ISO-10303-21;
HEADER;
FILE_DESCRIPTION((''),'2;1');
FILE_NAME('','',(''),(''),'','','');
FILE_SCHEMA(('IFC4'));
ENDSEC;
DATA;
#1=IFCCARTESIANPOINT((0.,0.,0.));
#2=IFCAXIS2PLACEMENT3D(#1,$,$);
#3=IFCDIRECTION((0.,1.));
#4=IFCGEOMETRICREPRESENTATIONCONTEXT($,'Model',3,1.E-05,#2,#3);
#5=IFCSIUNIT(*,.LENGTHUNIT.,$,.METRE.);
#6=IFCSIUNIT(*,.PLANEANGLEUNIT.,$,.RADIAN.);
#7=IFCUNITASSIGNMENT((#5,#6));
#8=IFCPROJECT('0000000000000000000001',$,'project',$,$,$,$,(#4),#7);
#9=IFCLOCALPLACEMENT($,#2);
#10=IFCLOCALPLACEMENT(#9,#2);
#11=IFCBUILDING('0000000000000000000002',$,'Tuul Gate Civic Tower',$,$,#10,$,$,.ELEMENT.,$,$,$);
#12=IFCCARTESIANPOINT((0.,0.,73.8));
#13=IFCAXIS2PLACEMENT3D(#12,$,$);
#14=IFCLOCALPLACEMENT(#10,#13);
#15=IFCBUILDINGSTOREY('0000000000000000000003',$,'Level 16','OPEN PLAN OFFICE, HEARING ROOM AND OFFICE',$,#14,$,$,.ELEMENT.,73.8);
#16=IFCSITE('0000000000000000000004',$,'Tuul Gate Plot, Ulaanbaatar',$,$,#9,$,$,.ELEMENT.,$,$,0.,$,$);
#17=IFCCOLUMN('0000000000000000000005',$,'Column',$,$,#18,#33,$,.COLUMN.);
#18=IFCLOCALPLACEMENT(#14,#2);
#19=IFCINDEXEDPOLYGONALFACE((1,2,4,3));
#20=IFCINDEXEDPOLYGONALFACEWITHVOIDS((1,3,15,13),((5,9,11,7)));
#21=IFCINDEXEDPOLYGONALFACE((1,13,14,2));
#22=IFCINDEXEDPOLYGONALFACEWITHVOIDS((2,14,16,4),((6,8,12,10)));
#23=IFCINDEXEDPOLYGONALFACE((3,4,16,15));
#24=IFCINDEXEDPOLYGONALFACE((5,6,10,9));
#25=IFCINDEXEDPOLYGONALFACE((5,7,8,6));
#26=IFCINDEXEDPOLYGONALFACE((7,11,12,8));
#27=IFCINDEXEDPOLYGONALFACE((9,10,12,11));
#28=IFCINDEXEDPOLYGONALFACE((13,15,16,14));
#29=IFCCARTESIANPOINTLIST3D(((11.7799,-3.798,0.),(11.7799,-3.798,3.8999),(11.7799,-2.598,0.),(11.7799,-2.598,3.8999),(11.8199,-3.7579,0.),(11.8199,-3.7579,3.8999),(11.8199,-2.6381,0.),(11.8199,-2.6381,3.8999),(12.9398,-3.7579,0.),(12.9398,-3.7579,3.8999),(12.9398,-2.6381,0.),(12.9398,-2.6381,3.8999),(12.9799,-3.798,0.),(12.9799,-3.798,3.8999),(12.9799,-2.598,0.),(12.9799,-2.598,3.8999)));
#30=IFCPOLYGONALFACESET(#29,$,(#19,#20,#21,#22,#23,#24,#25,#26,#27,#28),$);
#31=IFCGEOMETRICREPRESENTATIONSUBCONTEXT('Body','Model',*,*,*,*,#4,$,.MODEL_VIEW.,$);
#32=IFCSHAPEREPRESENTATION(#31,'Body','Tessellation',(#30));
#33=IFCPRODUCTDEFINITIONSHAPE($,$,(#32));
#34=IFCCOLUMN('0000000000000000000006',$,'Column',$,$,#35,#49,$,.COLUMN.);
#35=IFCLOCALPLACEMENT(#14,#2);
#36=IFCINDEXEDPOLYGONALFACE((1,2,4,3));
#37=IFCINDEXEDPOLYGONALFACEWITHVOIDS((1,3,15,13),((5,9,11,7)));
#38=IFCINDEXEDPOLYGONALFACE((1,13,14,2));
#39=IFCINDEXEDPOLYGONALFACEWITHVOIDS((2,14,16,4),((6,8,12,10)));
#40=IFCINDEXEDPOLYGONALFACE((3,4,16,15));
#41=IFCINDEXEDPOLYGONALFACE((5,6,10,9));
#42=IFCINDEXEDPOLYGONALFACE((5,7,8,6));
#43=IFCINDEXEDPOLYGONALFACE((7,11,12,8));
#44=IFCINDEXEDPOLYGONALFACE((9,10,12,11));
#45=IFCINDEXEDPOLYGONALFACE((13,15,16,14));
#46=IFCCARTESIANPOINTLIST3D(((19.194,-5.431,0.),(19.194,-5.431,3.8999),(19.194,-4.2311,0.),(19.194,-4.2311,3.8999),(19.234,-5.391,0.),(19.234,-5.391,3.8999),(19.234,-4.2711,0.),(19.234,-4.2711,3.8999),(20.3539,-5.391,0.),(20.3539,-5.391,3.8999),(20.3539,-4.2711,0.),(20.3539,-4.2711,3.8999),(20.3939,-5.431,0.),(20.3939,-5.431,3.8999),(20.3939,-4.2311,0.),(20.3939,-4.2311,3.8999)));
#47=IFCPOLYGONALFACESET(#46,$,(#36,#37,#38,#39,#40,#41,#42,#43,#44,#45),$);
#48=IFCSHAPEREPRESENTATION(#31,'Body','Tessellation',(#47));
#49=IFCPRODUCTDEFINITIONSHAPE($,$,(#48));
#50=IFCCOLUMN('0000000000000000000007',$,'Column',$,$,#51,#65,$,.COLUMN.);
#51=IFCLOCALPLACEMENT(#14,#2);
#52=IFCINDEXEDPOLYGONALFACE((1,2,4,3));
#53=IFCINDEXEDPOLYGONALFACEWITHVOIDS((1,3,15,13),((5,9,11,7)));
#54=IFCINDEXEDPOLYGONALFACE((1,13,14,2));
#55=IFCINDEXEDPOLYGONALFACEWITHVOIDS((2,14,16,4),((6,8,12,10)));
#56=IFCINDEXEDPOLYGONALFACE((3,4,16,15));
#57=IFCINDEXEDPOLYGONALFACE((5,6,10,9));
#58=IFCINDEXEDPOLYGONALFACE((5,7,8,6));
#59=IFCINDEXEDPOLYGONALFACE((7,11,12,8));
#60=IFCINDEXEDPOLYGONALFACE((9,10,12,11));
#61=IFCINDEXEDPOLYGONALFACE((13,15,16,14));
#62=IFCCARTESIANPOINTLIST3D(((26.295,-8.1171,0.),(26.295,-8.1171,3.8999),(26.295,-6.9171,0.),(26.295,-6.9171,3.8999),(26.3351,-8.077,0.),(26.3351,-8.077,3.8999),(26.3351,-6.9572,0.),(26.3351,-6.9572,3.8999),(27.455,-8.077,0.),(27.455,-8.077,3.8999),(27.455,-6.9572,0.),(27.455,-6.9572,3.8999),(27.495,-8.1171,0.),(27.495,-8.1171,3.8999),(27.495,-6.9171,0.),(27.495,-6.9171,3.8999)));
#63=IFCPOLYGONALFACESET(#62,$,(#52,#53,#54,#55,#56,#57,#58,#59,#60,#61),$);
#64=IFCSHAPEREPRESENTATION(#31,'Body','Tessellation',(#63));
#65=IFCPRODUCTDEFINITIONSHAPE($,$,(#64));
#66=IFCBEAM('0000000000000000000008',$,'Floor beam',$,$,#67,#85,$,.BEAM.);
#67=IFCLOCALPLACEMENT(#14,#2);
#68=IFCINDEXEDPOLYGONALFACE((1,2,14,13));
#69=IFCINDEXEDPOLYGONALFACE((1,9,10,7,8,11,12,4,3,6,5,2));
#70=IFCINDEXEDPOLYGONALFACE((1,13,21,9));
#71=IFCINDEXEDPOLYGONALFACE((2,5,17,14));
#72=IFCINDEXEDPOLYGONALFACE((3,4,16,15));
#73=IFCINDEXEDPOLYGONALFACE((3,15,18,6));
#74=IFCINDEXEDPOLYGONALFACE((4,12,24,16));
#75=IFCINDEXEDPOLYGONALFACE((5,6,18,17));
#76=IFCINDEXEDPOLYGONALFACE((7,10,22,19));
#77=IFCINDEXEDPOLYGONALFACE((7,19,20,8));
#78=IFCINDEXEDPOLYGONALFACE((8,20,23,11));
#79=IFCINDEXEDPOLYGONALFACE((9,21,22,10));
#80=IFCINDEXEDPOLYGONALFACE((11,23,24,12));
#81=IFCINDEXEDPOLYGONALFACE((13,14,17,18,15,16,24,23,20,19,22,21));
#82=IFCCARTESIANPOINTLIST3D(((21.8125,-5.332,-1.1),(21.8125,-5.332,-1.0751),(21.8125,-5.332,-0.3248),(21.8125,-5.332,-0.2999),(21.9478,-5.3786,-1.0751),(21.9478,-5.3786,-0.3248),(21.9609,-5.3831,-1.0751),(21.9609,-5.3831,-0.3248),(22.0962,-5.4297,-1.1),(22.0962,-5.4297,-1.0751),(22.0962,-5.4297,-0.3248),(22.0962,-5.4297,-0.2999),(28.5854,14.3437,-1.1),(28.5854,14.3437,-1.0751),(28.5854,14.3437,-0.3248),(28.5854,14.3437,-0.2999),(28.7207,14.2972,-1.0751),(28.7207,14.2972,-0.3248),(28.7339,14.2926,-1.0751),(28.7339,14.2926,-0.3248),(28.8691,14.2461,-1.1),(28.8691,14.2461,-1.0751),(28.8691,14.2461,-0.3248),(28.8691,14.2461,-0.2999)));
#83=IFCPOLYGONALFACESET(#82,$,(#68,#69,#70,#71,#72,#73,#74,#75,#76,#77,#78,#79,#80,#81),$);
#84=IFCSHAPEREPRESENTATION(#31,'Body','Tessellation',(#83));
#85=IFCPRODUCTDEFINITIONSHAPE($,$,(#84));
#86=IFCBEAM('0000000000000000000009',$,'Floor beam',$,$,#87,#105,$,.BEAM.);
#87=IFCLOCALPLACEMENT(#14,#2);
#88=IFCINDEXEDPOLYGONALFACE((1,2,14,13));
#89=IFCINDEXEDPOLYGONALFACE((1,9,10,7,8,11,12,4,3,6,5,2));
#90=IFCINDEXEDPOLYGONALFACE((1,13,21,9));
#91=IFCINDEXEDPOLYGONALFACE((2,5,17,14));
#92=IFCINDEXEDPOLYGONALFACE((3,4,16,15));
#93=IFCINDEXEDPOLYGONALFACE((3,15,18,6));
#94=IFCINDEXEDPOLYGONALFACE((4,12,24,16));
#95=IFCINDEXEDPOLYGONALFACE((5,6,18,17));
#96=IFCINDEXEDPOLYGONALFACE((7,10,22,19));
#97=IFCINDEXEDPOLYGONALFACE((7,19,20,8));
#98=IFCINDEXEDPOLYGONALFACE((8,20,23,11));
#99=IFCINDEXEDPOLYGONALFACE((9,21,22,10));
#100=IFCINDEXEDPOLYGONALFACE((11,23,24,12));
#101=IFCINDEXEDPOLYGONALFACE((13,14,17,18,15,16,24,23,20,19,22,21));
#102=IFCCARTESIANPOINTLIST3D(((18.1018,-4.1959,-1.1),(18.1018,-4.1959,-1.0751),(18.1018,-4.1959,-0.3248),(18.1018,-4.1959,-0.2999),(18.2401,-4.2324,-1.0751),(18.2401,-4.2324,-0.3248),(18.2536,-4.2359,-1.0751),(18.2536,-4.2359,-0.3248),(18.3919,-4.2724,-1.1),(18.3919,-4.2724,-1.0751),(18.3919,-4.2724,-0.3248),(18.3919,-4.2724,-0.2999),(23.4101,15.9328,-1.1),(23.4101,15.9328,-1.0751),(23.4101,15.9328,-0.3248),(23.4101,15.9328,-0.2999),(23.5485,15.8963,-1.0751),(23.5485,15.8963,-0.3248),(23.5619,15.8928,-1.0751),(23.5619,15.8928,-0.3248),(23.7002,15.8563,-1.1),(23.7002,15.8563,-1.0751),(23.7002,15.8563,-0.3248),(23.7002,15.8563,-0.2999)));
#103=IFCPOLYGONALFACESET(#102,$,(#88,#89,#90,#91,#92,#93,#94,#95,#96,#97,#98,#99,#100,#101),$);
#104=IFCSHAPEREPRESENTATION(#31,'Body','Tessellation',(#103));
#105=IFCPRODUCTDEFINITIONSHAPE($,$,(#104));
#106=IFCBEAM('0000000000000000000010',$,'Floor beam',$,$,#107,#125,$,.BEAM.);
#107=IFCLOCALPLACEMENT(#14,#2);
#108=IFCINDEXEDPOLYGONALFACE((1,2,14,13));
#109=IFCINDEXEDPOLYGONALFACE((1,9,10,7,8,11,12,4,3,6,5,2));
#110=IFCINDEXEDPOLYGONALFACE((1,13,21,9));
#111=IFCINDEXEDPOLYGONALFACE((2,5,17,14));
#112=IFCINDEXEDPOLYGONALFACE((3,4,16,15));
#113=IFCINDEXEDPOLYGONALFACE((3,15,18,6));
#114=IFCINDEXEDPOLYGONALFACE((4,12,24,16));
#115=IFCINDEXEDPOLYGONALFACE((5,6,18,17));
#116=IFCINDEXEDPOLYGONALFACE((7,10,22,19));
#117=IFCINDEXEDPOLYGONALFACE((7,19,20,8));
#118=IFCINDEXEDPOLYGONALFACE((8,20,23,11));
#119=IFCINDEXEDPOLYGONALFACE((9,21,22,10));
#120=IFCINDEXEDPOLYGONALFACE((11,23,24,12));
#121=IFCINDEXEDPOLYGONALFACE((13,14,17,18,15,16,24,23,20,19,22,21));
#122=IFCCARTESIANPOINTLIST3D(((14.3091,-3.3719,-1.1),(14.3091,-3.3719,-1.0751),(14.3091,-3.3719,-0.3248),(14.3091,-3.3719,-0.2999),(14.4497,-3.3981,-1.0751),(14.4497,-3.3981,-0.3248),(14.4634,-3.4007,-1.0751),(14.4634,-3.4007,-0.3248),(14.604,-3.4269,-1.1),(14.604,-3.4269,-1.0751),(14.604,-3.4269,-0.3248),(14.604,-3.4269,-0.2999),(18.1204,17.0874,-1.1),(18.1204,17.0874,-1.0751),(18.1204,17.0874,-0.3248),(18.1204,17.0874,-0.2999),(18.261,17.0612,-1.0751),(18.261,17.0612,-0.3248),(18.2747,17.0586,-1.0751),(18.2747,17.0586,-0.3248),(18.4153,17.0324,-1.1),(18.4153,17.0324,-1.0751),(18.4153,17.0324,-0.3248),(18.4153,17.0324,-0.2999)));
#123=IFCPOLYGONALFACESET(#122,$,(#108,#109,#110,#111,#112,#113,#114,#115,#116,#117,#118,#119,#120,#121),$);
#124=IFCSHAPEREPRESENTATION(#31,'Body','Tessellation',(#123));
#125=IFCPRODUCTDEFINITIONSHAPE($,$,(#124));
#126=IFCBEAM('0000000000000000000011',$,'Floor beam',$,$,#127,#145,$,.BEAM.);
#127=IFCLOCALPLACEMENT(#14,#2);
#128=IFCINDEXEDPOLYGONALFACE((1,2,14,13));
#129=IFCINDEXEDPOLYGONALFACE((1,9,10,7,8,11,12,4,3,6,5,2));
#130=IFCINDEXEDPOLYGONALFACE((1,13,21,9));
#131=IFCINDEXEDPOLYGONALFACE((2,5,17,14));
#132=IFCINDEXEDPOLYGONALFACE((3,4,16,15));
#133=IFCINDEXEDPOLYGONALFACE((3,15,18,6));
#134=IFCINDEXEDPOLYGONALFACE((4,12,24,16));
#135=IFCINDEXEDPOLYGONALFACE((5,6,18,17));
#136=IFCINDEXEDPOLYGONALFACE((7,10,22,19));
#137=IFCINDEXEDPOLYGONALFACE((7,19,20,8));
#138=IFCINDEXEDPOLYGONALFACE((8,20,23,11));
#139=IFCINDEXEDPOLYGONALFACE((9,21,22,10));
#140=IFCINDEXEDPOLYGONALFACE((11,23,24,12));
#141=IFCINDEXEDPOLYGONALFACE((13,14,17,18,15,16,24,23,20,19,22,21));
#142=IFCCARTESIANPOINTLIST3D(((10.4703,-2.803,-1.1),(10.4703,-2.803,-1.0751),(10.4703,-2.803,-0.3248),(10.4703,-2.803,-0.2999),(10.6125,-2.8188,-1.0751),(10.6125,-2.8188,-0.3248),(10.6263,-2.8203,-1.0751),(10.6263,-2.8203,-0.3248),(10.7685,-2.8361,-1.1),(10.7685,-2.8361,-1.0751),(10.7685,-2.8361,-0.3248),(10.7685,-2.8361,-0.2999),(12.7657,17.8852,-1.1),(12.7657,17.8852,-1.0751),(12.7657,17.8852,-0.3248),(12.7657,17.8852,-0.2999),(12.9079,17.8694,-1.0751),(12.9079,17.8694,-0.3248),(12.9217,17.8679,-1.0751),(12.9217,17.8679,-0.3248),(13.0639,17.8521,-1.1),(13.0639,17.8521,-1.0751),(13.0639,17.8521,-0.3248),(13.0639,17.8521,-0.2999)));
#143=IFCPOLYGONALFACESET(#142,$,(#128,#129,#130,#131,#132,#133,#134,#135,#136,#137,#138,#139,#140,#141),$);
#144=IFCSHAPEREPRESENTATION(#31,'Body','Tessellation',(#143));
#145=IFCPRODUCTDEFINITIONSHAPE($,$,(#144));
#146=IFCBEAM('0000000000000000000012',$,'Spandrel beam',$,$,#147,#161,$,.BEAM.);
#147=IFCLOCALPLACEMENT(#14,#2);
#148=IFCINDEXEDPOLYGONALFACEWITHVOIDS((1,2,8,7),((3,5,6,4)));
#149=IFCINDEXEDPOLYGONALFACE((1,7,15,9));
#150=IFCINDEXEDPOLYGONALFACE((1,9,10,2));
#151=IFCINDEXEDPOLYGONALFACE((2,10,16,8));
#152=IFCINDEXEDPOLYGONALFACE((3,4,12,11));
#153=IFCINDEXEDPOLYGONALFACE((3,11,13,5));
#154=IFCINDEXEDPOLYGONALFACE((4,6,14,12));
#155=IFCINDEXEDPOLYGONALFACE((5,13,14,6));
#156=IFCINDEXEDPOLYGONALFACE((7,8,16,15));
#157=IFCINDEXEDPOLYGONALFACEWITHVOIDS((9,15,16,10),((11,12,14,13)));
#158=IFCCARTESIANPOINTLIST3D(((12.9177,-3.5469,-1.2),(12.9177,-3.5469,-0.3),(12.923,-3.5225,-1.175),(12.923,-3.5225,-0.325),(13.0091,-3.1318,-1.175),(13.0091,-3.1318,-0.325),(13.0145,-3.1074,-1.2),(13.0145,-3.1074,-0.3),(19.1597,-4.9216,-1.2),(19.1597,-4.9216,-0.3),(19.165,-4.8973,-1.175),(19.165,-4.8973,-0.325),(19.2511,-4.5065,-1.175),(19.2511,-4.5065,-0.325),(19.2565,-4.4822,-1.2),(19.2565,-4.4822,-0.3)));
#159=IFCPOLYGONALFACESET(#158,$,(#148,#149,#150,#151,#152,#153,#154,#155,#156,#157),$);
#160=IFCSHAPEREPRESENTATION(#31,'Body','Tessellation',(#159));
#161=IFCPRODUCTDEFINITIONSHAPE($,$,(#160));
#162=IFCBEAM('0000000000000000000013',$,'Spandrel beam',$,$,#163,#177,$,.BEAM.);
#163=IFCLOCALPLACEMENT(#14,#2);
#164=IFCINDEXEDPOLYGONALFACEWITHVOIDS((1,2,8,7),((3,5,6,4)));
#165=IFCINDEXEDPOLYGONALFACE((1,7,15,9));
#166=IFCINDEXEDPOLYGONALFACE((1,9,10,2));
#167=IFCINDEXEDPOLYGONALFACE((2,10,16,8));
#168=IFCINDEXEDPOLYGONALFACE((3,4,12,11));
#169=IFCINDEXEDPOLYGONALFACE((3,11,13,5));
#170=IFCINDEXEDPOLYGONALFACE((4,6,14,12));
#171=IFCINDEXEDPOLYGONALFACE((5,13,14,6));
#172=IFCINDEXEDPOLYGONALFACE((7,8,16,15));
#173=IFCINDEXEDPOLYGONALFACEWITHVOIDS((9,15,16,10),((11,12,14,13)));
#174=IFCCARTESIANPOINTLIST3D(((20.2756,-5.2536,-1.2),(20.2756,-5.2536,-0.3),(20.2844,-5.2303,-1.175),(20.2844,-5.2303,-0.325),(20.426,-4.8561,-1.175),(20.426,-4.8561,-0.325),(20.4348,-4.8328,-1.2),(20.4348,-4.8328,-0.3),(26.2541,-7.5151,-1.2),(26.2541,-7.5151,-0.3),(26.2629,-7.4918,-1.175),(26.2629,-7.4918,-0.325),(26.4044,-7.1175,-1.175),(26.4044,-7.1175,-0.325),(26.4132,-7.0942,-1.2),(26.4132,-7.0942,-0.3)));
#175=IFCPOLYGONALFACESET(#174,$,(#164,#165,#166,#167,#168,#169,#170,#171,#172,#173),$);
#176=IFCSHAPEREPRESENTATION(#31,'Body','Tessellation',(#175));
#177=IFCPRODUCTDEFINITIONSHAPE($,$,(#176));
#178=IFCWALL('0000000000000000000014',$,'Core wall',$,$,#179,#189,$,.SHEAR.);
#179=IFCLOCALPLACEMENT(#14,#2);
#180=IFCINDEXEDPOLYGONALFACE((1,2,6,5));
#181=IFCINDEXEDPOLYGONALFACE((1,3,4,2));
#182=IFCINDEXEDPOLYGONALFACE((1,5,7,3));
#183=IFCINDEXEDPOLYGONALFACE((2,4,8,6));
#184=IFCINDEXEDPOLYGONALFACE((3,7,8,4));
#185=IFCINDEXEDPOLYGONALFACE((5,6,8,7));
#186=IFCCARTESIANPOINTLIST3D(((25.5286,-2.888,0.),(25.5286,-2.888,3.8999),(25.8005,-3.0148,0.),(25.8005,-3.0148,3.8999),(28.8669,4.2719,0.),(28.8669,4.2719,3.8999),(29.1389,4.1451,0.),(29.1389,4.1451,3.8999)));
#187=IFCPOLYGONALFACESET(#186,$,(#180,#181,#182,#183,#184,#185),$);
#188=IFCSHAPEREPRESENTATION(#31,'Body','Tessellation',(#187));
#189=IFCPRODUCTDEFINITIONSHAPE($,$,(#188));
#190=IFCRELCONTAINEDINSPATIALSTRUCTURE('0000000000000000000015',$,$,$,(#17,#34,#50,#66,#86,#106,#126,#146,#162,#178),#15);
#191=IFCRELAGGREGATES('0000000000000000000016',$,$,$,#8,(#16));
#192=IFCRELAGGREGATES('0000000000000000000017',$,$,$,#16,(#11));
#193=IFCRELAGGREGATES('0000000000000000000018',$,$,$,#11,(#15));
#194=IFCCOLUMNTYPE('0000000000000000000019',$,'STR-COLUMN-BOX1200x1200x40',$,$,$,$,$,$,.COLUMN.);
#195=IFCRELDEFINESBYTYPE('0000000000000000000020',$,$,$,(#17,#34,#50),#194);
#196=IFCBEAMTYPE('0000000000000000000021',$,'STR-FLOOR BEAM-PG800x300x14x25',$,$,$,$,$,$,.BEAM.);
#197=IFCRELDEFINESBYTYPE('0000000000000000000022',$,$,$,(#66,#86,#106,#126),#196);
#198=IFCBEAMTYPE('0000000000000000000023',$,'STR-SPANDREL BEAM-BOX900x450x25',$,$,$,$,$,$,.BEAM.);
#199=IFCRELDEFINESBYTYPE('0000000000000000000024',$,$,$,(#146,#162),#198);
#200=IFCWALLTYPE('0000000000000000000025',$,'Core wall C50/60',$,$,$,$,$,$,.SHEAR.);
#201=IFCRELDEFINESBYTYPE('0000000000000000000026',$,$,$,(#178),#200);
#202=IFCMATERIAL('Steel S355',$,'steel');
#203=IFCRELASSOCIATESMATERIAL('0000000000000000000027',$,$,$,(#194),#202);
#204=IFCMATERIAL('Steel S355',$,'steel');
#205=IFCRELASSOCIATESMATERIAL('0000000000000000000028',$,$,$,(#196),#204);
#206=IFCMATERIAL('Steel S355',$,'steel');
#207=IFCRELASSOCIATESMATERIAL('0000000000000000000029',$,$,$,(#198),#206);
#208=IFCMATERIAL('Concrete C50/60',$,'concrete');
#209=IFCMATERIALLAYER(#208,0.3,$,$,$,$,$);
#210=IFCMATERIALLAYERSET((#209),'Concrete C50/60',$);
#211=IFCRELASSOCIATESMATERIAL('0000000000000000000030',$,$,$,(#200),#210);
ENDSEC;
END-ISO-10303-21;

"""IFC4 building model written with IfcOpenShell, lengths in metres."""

from ifc_helpers import new_model, si_unit, direction, frame, frame_2d, origin, origin_2d, place, context, subcontext, project, spatial, rectangle, hollow_rectangle, i_section, extrude, material, layer, layer_set, material_profile, profile_set, type_object, element, save


model = new_model("IFC4")

# Units and contexts
model_context = context("Model", 3, precision=1e-05, world=origin(), true_north=direction((0.0, 1.0)))
body_context = subcontext(model_context, "Body", "Model", "MODEL_VIEW")
ifc_project = project(units=[si_unit("LENGTHUNIT", "METRE"), si_unit("PLANEANGLEUNIT", "RADIAN")], contexts=[model_context])

# Site, building, storey
site_placement = place(None, origin())
site = spatial("IfcSite", under=ifc_project, at=site_placement, Name="Tuul Gate Plot, Ulaanbaatar", CompositionType="ELEMENT", RefElevation=0.0)
building_placement = place(site_placement, origin())
building = spatial("IfcBuilding", under=site, at=building_placement, Name="Tuul Gate Civic Tower", CompositionType="ELEMENT")
storey_placement = place(building_placement, frame((0.0, 0.0, 73.8)))
storey = spatial("IfcBuildingStorey", under=building, at=storey_placement, Name="Level 16", Description="OPEN PLAN OFFICE, HEARING ROOM AND OFFICE", CompositionType="ELEMENT", Elevation=73.8)

# Columns
ifc_material_1 = material(Name="Steel S355", Category="steel")
ifc_material_profile_1 = material_profile(ifc_material_1, hollow_rectangle(XDim=1.2, YDim=1.2, WallThickness=0.04, at=origin_2d()), Name="BOX1200x1200x40")
ifc_profile_set_1 = profile_set([ifc_material_profile_1], Name="Steel S355")
column_type = type_object("IfcColumnType", Name="STR-COLUMN-BOX1200x1200x40", PredefinedType="COLUMN", material=ifc_profile_set_1)
for number, where, z_axis, x_axis, name in (
    (1, (12.3799, -3.198, 0.0), (0.0, 0.0, 1.0), (1.0, 0.0, 0.0), "Column"),
    (2, (19.7939, -4.8311, 0.0), (0.0, 0.0, 1.0), (1.0, 0.0, 0.0), "Column"),
    (3, (26.895, -7.5171, 0.0), (0.0, 0.0, 1.0), (1.0, 0.0, 0.0), "Column"),
):
    element("IfcColumn", number, at=place(storey_placement, frame(where, z_axis=z_axis, x_axis=x_axis)), inside=storey, type_object=column_type, Name=name, PredefinedType="COLUMN", context=body_context, shape_type="SweptSolid", body=[
        extrude(hollow_rectangle(XDim=1.2, YDim=1.2, WallThickness=0.04, at=origin_2d()), origin(), (0.0, 0.0, 1.0), 3.8999),
    ])

# Beams
ifc_material_2 = material(Name="Steel S355", Category="steel")
ifc_material_profile_2 = material_profile(ifc_material_2, i_section(OverallWidth=0.3, OverallDepth=0.8, WebThickness=0.0139, FlangeThickness=0.0249, at=origin_2d()), Name="PG800x300x14x25")
ifc_profile_set_2 = profile_set([ifc_material_profile_2], Name="Steel S355")
beam_type_1 = type_object("IfcBeamType", Name="STR-FLOOR BEAM-PG800x300x14x25", PredefinedType="BEAM", material=ifc_profile_set_2)
beam_1_placement = place(storey_placement, frame((21.9543, -5.3809, -0.7), z_axis=(0.325484, 0.945548, 0.0), x_axis=(-0.945548, 0.325484, 0.0)))
element("IfcBeam", 4, at=beam_1_placement, inside=storey, type_object=beam_type_1, Name="Floor beam", PredefinedType="BEAM", context=body_context, shape_type="SweptSolid", body=[
    extrude(i_section(OverallWidth=0.3, OverallDepth=0.8, WebThickness=0.0139, FlangeThickness=0.0249, at=origin_2d()), origin(), (0.0, 0.0, 1.0), 20.8088),
])
beam_2_placement = place(storey_placement, frame((18.2468, -4.2341, -0.7), z_axis=(0.255002, 0.96694, 0.0), x_axis=(-0.96694, 0.255002, 0.0)))
element("IfcBeam", 5, at=beam_2_placement, inside=storey, type_object=beam_type_1, Name="Floor beam", PredefinedType="BEAM", context=body_context, shape_type="SweptSolid", body=[
    extrude(i_section(OverallWidth=0.3, OverallDepth=0.8, WebThickness=0.0139, FlangeThickness=0.0249, at=origin_2d()), origin(), (0.0, 0.0, 1.0), 20.8169),
])
beam_3_placement = place(storey_placement, frame((14.4565, -3.3994, -0.7), z_axis=(0.183136, 0.983088, 0.0), x_axis=(-0.983088, 0.183136, 0.0)))
element("IfcBeam", 6, at=beam_3_placement, inside=storey, type_object=beam_type_1, Name="Floor beam", PredefinedType="BEAM", context=body_context, shape_type="SweptSolid", body=[
    extrude(i_section(OverallWidth=0.3, OverallDepth=0.8, WebThickness=0.0139, FlangeThickness=0.0249, at=origin_2d()), origin(), (0.0, 0.0, 1.0), 20.8113),
])
beam_4_placement = place(storey_placement, frame((10.6194, -2.8196, -0.7), z_axis=(0.110276, 0.993901, 0.0), x_axis=(-0.993901, 0.110276, 0.0)))
element("IfcBeam", 7, at=beam_4_placement, inside=storey, type_object=beam_type_1, Name="Floor beam", PredefinedType="BEAM", context=body_context, shape_type="SweptSolid", body=[
    extrude(i_section(OverallWidth=0.3, OverallDepth=0.8, WebThickness=0.0139, FlangeThickness=0.0249, at=origin_2d()), origin(), (0.0, 0.0, 1.0), 20.8152),
])
ifc_material_3 = material(Name="Steel S355", Category="steel")
ifc_material_profile_3 = material_profile(ifc_material_3, hollow_rectangle(XDim=0.45, YDim=0.8999, WallThickness=0.0249, at=origin_2d()), Name="BOX900x450x25")
ifc_profile_set_3 = profile_set([ifc_material_profile_3], Name="Steel S355")
beam_type_2 = type_object("IfcBeamType", Name="STR-SPANDREL BEAM-BOX900x450x25", PredefinedType="BEAM", material=ifc_profile_set_3)
beam_5_placement = place(storey_placement, frame((12.9661, -3.3271, -0.75), z_axis=(0.976594, -0.21509, 0.0), x_axis=(0.21509, 0.976594, 0.0)))
element("IfcBeam", 8, at=beam_5_placement, inside=storey, type_object=beam_type_2, Name="Spandrel beam", PredefinedType="BEAM", context=body_context, shape_type="SweptSolid", body=[
    extrude(hollow_rectangle(XDim=0.45, YDim=0.8999, WallThickness=0.0249, at=origin_2d()), origin(), (0.0, 0.0, 1.0), 6.3916),
])
beam_6_placement = place(storey_placement, frame((20.3552, -5.0432, -0.75), z_axis=(0.935321, -0.353801, 0.0), x_axis=(0.353801, 0.935321, 0.0)))
element("IfcBeam", 9, at=beam_6_placement, inside=storey, type_object=beam_type_2, Name="Spandrel beam", PredefinedType="BEAM", context=body_context, shape_type="SweptSolid", body=[
    extrude(hollow_rectangle(XDim=0.45, YDim=0.8999, WallThickness=0.0249, at=origin_2d()), origin(), (0.0, 0.0, 1.0), 6.3918),
])

# Wall
ifc_material_4 = material(Name="Concrete C50/60", Category="concrete")
ifc_layer_1 = layer(ifc_material_4, 0.3)
ifc_layer_set_1 = layer_set([ifc_layer_1], Name="Concrete C50/60")
wall_type_1 = type_object("IfcWallType", Name="Core wall C50/60", PredefinedType="SHEAR", material=ifc_layer_set_1)
wall_1_placement = place(storey_placement, frame((25.6646, -2.9514, 0.0), z_axis=(0.0, 0.0, 1.0), x_axis=(0.422583, 0.906324, 0.0)))
element("IfcWall", 10, at=wall_1_placement, inside=storey, type_object=wall_type_1, Name="Core wall", PredefinedType="SHEAR", context=body_context, shape_type="SweptSolid", body=[
    extrude(rectangle(XDim=7.8999, YDim=0.3, at=frame_2d((3.95, 0.0))), origin(), (0.0, 0.0, 1.0), 3.8999),
])

save(model, "model.ifc")
